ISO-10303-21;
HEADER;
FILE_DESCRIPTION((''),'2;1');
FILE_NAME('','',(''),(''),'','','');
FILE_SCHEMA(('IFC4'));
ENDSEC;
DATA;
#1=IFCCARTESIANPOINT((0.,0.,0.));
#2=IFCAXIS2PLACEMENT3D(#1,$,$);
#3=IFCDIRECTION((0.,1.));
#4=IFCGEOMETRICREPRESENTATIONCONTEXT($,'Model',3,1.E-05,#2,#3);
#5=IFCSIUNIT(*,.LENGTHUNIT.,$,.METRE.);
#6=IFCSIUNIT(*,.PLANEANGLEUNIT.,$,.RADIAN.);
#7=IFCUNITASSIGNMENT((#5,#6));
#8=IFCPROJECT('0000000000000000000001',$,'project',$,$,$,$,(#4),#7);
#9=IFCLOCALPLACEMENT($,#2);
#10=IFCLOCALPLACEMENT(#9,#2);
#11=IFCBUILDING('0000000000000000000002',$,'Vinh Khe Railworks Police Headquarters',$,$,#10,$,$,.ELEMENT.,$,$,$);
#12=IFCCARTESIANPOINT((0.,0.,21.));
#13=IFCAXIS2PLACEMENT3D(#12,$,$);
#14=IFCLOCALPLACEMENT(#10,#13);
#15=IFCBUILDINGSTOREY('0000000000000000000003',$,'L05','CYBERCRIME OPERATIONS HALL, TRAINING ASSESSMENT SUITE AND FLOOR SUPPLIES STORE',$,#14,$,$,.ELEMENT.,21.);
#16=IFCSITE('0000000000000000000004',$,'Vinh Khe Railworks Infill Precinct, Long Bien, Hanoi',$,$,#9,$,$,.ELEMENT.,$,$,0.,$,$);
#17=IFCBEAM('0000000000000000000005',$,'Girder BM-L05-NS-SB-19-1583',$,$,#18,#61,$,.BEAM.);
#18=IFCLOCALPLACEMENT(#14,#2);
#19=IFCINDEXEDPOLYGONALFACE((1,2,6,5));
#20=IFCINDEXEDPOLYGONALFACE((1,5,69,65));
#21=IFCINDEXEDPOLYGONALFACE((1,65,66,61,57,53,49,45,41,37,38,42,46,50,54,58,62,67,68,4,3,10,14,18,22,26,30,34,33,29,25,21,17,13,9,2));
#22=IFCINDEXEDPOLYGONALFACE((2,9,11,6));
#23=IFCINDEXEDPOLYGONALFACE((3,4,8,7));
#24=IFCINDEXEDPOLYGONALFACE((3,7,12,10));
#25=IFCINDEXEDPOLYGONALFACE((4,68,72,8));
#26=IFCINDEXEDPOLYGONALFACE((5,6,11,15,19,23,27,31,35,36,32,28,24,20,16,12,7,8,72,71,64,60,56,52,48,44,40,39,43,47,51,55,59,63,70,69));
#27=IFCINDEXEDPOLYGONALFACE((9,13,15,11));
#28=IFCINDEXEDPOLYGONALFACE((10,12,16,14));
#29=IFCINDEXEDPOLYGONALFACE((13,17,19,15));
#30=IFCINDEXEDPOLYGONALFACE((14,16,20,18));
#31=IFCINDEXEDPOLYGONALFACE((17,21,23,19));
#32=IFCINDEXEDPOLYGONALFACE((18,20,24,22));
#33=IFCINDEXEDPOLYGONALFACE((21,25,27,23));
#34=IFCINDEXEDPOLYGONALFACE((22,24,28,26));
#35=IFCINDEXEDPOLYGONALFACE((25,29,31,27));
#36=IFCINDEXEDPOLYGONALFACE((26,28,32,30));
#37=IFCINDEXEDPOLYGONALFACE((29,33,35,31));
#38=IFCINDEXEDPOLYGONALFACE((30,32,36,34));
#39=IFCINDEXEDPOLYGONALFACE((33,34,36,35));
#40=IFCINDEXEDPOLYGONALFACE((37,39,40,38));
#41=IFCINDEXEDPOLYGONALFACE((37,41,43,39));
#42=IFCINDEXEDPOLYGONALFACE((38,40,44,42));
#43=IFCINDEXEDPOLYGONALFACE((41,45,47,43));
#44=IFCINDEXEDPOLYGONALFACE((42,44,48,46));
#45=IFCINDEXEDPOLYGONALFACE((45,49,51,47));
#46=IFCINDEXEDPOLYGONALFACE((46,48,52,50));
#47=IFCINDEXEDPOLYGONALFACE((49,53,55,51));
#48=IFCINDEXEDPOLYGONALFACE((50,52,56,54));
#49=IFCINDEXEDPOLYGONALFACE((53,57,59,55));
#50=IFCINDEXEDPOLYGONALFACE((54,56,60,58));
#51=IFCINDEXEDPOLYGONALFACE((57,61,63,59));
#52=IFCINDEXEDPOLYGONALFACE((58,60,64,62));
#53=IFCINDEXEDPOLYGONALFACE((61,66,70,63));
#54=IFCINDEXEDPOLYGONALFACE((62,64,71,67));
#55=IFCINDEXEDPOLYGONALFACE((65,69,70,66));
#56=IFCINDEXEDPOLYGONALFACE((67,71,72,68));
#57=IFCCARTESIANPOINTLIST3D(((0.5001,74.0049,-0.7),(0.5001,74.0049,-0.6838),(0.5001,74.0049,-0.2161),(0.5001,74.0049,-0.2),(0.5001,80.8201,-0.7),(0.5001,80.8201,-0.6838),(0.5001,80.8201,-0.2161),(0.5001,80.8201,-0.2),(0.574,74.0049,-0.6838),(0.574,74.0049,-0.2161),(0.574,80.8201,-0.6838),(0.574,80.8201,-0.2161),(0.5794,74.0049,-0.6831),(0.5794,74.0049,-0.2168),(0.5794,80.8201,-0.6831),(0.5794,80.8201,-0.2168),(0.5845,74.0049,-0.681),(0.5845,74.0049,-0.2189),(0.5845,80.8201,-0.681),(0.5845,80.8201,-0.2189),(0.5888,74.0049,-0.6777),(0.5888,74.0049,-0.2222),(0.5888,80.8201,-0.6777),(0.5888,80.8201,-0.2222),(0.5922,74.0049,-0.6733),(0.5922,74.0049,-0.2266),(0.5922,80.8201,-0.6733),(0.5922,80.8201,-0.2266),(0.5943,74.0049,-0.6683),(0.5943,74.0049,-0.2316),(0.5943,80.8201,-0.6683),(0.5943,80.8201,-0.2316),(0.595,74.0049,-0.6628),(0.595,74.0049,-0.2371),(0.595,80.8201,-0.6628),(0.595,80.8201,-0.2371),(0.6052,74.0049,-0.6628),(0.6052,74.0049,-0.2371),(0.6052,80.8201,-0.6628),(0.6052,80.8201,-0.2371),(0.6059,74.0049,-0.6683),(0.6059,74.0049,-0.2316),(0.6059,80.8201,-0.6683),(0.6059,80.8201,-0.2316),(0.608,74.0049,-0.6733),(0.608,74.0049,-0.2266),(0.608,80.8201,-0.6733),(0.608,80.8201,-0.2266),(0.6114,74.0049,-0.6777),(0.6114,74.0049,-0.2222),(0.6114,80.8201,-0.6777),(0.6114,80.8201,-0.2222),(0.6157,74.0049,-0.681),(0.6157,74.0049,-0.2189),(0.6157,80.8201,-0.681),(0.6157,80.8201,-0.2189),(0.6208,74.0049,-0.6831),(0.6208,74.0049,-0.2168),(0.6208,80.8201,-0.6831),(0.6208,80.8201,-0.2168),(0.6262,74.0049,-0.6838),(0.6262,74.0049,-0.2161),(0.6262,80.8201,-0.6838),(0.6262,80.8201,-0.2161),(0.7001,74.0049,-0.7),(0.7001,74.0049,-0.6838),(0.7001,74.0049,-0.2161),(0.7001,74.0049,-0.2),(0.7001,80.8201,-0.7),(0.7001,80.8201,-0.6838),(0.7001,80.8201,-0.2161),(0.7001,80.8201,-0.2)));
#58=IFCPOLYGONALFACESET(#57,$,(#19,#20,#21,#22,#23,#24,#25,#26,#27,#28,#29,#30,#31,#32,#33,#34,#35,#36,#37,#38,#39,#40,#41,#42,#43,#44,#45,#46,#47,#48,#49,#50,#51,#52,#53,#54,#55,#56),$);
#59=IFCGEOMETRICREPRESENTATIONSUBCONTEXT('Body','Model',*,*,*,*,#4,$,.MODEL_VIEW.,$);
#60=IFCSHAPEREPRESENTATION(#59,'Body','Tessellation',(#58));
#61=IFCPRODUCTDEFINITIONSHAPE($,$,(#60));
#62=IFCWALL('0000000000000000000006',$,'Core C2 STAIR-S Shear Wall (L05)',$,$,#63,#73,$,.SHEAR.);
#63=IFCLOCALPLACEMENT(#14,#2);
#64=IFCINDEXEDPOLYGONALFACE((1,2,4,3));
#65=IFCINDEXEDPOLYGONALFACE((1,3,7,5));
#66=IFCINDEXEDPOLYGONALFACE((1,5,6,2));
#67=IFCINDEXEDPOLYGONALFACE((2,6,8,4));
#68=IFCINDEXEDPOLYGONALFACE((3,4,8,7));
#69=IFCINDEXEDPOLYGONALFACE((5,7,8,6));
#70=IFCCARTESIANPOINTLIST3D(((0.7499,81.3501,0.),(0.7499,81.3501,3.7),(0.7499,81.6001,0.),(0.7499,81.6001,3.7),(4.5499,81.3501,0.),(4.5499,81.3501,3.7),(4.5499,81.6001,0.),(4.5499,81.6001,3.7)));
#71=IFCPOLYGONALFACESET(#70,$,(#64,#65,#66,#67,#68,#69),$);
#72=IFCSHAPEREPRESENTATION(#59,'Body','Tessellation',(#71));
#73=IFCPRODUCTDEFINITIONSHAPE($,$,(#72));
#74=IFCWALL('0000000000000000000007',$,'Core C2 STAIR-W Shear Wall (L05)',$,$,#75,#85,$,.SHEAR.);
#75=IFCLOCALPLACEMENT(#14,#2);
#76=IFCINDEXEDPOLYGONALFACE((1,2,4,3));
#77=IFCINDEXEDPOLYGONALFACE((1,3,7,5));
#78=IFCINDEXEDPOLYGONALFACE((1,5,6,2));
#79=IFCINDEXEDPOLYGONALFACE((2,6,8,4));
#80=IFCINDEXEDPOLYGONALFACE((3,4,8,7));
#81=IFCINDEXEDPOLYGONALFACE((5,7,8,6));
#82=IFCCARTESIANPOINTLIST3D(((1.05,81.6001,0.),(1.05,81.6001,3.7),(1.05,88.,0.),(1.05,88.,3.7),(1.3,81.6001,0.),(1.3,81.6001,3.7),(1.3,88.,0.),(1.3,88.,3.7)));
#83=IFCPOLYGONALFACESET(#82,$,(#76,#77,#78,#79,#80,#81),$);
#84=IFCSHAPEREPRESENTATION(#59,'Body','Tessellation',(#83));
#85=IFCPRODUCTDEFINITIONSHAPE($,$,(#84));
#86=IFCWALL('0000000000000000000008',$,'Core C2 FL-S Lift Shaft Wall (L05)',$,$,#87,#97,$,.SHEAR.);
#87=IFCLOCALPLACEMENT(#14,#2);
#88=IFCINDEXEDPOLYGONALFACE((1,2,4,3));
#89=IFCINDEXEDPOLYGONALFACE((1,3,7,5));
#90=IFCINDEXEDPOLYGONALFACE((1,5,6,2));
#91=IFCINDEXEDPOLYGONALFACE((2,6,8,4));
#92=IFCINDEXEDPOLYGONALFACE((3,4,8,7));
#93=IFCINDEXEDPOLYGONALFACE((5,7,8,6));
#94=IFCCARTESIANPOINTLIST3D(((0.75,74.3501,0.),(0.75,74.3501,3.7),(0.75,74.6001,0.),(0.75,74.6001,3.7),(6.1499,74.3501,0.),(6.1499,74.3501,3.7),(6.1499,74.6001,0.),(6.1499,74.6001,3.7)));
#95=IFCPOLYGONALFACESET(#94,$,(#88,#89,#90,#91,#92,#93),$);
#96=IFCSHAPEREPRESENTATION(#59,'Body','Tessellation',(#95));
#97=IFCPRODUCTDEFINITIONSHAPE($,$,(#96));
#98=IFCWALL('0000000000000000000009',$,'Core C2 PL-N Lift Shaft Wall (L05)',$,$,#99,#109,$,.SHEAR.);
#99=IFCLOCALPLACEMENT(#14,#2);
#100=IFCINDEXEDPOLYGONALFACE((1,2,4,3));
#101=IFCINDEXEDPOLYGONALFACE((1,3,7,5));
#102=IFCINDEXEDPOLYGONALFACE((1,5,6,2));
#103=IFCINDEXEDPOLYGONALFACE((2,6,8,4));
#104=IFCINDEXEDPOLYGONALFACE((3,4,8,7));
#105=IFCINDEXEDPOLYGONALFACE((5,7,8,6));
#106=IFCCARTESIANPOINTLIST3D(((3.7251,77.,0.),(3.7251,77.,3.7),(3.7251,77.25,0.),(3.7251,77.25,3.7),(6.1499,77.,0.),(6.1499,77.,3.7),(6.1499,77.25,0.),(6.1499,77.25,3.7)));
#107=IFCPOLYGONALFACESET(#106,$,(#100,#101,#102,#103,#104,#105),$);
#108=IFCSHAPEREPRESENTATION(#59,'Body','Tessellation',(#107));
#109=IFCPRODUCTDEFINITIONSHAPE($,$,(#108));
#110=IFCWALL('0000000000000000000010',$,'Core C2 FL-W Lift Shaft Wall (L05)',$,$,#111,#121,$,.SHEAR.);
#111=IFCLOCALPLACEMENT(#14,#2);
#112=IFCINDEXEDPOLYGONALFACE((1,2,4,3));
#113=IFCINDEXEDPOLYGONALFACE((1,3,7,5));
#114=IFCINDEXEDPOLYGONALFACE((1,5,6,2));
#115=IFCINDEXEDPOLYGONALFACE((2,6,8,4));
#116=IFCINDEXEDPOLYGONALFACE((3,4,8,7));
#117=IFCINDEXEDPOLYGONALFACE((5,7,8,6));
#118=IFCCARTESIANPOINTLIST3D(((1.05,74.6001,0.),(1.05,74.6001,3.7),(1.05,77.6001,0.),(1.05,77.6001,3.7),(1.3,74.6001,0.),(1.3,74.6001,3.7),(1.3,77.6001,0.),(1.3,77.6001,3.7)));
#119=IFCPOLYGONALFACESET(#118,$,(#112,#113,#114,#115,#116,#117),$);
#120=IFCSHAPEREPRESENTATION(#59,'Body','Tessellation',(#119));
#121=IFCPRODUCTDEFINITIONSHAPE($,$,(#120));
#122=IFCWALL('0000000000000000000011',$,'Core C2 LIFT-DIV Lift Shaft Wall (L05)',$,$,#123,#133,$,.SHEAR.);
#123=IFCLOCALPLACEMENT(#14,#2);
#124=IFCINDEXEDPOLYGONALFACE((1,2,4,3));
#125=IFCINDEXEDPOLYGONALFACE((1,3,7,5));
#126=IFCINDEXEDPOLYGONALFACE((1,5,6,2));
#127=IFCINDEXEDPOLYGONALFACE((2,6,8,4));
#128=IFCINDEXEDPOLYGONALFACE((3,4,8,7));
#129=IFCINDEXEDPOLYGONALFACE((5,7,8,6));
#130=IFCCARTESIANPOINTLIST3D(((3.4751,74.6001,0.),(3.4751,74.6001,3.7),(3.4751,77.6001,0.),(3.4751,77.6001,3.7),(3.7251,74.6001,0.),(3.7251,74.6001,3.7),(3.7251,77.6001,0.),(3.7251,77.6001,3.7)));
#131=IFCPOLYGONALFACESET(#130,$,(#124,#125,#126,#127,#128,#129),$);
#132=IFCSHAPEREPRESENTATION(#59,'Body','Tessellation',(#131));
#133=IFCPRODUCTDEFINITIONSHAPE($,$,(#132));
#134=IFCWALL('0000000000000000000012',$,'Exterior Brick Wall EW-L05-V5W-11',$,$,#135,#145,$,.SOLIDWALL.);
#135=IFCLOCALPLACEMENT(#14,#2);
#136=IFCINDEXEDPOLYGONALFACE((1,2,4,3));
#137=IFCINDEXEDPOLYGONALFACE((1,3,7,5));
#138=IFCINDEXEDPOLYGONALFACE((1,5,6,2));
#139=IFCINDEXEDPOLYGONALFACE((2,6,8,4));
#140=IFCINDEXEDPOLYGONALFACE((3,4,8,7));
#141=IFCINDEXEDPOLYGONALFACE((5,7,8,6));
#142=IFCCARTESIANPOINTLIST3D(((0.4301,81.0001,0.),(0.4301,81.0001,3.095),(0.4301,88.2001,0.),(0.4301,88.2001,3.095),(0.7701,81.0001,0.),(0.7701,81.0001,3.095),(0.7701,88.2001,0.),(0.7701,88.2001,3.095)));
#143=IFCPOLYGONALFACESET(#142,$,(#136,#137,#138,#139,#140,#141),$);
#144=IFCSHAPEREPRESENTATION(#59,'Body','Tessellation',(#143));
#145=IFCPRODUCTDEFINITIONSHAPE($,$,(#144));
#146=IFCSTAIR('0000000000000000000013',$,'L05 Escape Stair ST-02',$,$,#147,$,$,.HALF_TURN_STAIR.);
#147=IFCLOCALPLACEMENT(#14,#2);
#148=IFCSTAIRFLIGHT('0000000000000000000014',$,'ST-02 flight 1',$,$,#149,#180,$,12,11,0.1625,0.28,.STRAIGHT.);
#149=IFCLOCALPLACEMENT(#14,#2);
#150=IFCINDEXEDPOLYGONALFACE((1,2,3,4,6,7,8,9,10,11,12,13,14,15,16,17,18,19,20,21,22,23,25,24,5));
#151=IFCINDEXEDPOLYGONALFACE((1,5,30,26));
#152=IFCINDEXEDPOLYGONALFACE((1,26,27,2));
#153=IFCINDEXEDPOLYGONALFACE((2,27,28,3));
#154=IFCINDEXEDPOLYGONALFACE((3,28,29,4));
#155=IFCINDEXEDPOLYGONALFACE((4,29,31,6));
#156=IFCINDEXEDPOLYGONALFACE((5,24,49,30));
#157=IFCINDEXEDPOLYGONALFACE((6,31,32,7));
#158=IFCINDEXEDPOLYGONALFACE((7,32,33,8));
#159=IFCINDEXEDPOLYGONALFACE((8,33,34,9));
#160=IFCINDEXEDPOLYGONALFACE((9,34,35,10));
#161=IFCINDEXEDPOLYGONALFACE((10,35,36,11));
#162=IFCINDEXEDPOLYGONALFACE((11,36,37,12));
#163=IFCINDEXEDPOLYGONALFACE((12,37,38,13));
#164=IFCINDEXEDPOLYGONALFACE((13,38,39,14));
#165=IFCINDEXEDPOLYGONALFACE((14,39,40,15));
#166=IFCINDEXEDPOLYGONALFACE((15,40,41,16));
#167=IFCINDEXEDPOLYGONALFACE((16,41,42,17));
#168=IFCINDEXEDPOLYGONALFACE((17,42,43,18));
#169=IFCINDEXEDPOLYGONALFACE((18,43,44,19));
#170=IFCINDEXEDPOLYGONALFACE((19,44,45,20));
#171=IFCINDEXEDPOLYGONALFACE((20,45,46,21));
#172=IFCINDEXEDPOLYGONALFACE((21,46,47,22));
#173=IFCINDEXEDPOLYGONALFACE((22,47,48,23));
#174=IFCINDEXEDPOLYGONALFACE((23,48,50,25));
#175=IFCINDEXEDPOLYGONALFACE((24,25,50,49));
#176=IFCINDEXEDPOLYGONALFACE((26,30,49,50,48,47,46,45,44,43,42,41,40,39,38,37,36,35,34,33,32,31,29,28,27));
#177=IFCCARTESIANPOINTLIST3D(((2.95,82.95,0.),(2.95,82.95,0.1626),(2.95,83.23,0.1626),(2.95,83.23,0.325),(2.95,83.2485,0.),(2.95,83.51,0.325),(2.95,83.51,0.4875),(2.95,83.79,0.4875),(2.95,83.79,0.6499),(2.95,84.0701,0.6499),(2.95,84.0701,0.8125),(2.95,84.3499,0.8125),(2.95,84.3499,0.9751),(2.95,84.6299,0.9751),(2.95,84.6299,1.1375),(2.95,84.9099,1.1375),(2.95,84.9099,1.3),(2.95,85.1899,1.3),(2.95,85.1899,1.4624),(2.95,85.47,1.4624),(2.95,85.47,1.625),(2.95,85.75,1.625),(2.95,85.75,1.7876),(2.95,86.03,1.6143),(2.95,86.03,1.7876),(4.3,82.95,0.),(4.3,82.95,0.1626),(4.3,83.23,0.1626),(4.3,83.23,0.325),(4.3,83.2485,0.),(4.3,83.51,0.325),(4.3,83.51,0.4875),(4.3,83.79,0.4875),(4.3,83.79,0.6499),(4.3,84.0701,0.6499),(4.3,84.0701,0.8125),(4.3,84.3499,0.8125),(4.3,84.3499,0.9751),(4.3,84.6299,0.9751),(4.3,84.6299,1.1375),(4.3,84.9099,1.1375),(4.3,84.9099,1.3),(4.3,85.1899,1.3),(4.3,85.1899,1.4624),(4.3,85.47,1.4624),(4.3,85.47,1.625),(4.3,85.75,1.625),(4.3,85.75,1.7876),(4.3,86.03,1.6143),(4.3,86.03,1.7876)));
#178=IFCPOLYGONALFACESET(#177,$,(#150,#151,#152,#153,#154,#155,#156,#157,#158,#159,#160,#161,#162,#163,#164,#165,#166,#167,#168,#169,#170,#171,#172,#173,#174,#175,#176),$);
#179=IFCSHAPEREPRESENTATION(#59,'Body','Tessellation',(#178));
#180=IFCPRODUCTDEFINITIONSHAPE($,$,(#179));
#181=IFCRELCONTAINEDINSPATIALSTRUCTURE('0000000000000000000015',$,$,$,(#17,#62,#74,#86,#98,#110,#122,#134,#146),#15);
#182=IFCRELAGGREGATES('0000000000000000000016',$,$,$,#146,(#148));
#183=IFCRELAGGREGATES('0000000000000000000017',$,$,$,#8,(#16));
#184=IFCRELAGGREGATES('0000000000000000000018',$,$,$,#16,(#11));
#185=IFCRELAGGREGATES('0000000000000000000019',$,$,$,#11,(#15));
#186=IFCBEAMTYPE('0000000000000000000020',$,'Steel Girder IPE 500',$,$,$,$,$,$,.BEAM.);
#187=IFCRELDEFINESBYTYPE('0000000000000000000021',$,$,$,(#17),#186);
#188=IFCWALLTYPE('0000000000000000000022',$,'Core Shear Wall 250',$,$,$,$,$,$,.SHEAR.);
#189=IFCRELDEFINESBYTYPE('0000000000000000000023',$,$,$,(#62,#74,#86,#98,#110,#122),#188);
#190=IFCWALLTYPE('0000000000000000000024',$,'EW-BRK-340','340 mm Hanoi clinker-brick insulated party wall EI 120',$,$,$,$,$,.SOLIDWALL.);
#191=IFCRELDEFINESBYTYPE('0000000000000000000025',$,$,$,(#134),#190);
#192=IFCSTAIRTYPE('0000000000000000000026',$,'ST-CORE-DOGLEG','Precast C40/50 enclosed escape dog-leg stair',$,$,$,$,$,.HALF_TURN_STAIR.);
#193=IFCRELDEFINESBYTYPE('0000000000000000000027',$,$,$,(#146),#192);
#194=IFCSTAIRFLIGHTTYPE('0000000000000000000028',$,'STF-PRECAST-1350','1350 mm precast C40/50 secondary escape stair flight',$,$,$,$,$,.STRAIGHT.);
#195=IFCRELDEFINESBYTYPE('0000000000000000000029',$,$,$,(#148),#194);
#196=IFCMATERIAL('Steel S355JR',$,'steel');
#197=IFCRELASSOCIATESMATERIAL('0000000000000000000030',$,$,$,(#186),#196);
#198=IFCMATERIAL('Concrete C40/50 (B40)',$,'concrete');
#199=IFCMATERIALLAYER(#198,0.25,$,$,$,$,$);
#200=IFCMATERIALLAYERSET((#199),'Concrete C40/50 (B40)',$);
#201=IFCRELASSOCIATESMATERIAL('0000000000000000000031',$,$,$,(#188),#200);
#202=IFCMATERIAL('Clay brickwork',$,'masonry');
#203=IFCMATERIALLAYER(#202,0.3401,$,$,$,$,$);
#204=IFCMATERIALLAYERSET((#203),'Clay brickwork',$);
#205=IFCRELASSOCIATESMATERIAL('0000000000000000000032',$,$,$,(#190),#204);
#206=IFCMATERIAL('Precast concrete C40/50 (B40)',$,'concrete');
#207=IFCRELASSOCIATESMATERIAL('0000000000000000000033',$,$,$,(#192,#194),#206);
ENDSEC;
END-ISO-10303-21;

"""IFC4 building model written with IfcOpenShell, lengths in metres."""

from ifc_helpers import new_model, si_unit, direction, frame, frame_2d, origin, origin_2d, place, context, subcontext, project, spatial, polyline, rectangle, i_section, outline, extrude, material, layer, layer_set, material_profile, profile_set, type_object, element, aggregate, save


model = new_model("IFC4")

# Units and contexts
model_context = context("Model", 3, precision=1e-05, world=origin(), true_north=direction((0.0, 1.0)))
body_context = subcontext(model_context, "Body", "Model", "MODEL_VIEW")
ifc_project = project(units=[si_unit("LENGTHUNIT", "METRE"), si_unit("PLANEANGLEUNIT", "RADIAN")], contexts=[model_context])

# Site, building, storey
site_placement = place(None, origin())
site = spatial("IfcSite", under=ifc_project, at=site_placement, Name="Vinh Khe Railworks Infill Precinct, Long Bien, Hanoi", CompositionType="ELEMENT", RefElevation=0.0)
building_placement = place(site_placement, origin())
building = spatial("IfcBuilding", under=site, at=building_placement, Name="Vinh Khe Railworks Police Headquarters", CompositionType="ELEMENT")
storey_placement = place(building_placement, frame((0.0, 0.0, 21.0)))
storey = spatial("IfcBuildingStorey", under=building, at=storey_placement, Name="L05", Description="CYBERCRIME OPERATIONS HALL, TRAINING ASSESSMENT SUITE AND FLOOR SUPPLIES STORE", CompositionType="ELEMENT", Elevation=21.0)

# Shared definitions
ifc_material_1 = material(Name="Steel S355JR", Category="steel")

# Beam
ifc_material_profile_1 = material_profile(ifc_material_1, i_section(OverallWidth=0.2, OverallDepth=0.5, WebThickness=0.0103, FlangeThickness=0.0161, FilletRadius=0.021, at=origin_2d()), Name="IPE 500")
ifc_profile_set_1 = profile_set([ifc_material_profile_1], Name="Steel S355JR")
beam_type_1 = type_object("IfcBeamType", Name="Steel Girder IPE 500", PredefinedType="BEAM", material=ifc_profile_set_1)
beam_1_placement = place(storey_placement, frame((0.6001, 74.0049, -0.45), z_axis=(0.0, 1.0, 0.0), x_axis=(-1.0, 0.0, 0.0)))
element("IfcBeam", 1, at=beam_1_placement, inside=storey, type_object=beam_type_1, Name="Girder BM-L05-NS-SB-19-1583", PredefinedType="BEAM", context=body_context, shape_type="SweptSolid", body=[
    extrude(i_section(OverallWidth=0.2, OverallDepth=0.5, WebThickness=0.0103, FlangeThickness=0.0161, FilletRadius=0.021, at=origin_2d()), origin(), (0.0, 0.0, 1.0), 6.8152),
])

# Walls
ifc_material_2 = material(Name="Concrete C40/50 (B40)", Category="concrete")
ifc_layer_1 = layer(ifc_material_2, 0.25)
ifc_layer_set_1 = layer_set([ifc_layer_1], Name="Concrete C40/50 (B40)")
wall_type_1 = type_object("IfcWallType", Name="Core Shear Wall 250", PredefinedType="SHEAR", material=ifc_layer_set_1)
wall_1_placement = place(storey_placement, frame((0.75, 81.4751, 0.0), z_axis=(0.0, 0.0, 1.0), x_axis=(1.0, 0.0, 0.0)))
element("IfcWall", 2, at=wall_1_placement, inside=storey, type_object=wall_type_1, Name="Core C2 STAIR-S Shear Wall (L05)", PredefinedType="SHEAR", context=body_context, shape_type="SweptSolid", body=[
    extrude(rectangle(XDim=3.8, YDim=0.25, at=frame_2d((1.8999, 0.0))), origin(), (0.0, 0.0, 1.0), 3.7),
])
wall_2_placement = place(storey_placement, frame((1.175, 81.6001, 0.0), z_axis=(0.0, 0.0, 1.0), x_axis=(0.0, 1.0, 0.0)))
element("IfcWall", 3, at=wall_2_placement, inside=storey, type_object=wall_type_1, Name="Core C2 STAIR-W Shear Wall (L05)", PredefinedType="SHEAR", context=body_context, shape_type="SweptSolid", body=[
    extrude(rectangle(XDim=6.3999, YDim=0.25, at=frame_2d((3.2, 0.0))), origin(), (0.0, 0.0, 1.0), 3.7),
])

# Wall
wall_3_placement = place(storey_placement, frame((0.75, 74.4751, 0.0), z_axis=(0.0, 0.0, 1.0), x_axis=(1.0, 0.0, 0.0)))
element("IfcWall", 4, at=wall_3_placement, inside=storey, type_object=wall_type_1, Name="Core C2 FL-S Lift Shaft Wall (L05)", PredefinedType="SHEAR", context=body_context, shape_type="SweptSolid", body=[
    extrude(rectangle(XDim=5.3999, YDim=0.25, at=frame_2d((2.7, 0.0))), origin(), (0.0, 0.0, 1.0), 3.7),
])

# Walls
wall_4_placement = place(storey_placement, frame((3.7251, 77.125, 0.0), z_axis=(0.0, 0.0, 1.0), x_axis=(1.0, 0.0, 0.0)))
element("IfcWall", 5, at=wall_4_placement, inside=storey, type_object=wall_type_1, Name="Core C2 PL-N Lift Shaft Wall (L05)", PredefinedType="SHEAR", context=body_context, shape_type="SweptSolid", body=[
    extrude(rectangle(XDim=2.4248, YDim=0.25, at=frame_2d((1.2124, 0.0))), origin(), (0.0, 0.0, 1.0), 3.7),
])
for number, where, z_axis, x_axis, name in (
    (6, (1.175, 74.6001, 0.0), (0.0, 0.0, 1.0), (0.0, 1.0, 0.0), "Core C2 FL-W Lift Shaft Wall (L05)"),
    (7, (3.6001, 74.6001, 0.0), (0.0, 0.0, 1.0), (0.0, 1.0, 0.0), "Core C2 LIFT-DIV Lift Shaft Wall (L05)"),
):
    element("IfcWall", number, at=place(storey_placement, frame(where, z_axis=z_axis, x_axis=x_axis)), inside=storey, type_object=wall_type_1, Name=name, PredefinedType="SHEAR", context=body_context, shape_type="SweptSolid", body=[
        extrude(rectangle(XDim=3.0, YDim=0.25, at=frame_2d((1.5, 0.0))), origin(), (0.0, 0.0, 1.0), 3.7),
    ])
ifc_material_3 = material(Name="Clay brickwork", Category="masonry")
ifc_layer_2 = layer(ifc_material_3, 0.3401)
ifc_layer_set_2 = layer_set([ifc_layer_2], Name="Clay brickwork")
wall_type_2 = type_object("IfcWallType", Name="EW-BRK-340", Description="340 mm Hanoi clinker-brick insulated party wall EI 120", PredefinedType="SOLIDWALL", material=ifc_layer_set_2)
wall_5_placement = place(storey_placement, frame((0.6001, 81.0, 0.0), z_axis=(0.0, 0.0, 1.0), x_axis=(0.0, 1.0, 0.0)))
element("IfcWall", 8, at=wall_5_placement, inside=storey, type_object=wall_type_2, Name="Exterior Brick Wall EW-L05-V5W-11", PredefinedType="SOLIDWALL", context=body_context, shape_type="SweptSolid", body=[
    extrude(rectangle(XDim=7.2, YDim=0.3401, at=frame_2d((3.6001, 0.0))), origin(), (0.0, 0.0, 1.0), 3.095),
])

# Stair, stair flight
ifc_material_4 = material(Name="Precast concrete C40/50 (B40)", Category="concrete")
stair_type = type_object("IfcStairType", Name="ST-CORE-DOGLEG", Description="Precast C40/50 enclosed escape dog-leg stair", PredefinedType="HALF_TURN_STAIR", material=ifc_material_4)
stair_placement = place(storey_placement, origin())
stair = element("IfcStair", 9, at=stair_placement, inside=storey, type_object=stair_type, Name="L05 Escape Stair ST-02", PredefinedType="HALF_TURN_STAIR")
stair_flight_type = type_object("IfcStairFlightType", Name="STF-PRECAST-1350", Description="1350 mm precast C40/50 secondary escape stair flight", PredefinedType="STRAIGHT", material=ifc_material_4)
stair_flight_placement = place(storey_placement, frame((3.625, 82.95, 0.0), z_axis=(0.0, 0.0, 1.0), x_axis=(0.0, 1.0, 0.0)))
stair_flight = element("IfcStairFlight", 10, at=stair_flight_placement, type_object=stair_flight_type, Name="ST-02 flight 1", NumberOfRisers=12, NumberOfTreads=11, PredefinedType="STRAIGHT", RiserHeight=0.1625, TreadLength=0.28, context=body_context, shape_type="SweptSolid", body=[
    extrude(outline(polyline([(0.0, 0.0), (0.0, 0.1626), (0.28, 0.1626), (0.28, 0.325), (0.5601, 0.325), (0.5601, 0.4875), (0.8401, 0.4875), (0.8401, 0.6499), (1.1201, 0.6499), (1.1201, 0.8125), (1.3999, 0.8125), (1.3999, 0.9751), (1.6799, 0.9751), (1.6799, 1.1375), (1.96, 1.1375), (1.96, 1.3), (2.24, 1.3), (2.24, 1.4624), (2.52, 1.4624), (2.52, 1.625), (2.8, 1.625), (2.8, 1.7876), (3.0801, 1.7876), (3.0801, 1.95), (3.0801, 1.6143), (0.2986, 0.0), (0.0, 0.0)])), frame((0.0, 0.675, 0.0), z_axis=(0.0, -1.0, 0.0), x_axis=(1.0, 0.0, 0.0)), (0.0, 0.0, 1.0), 1.3501),
])
aggregate(stair, [stair_flight])

save(model, "model.ifc")
